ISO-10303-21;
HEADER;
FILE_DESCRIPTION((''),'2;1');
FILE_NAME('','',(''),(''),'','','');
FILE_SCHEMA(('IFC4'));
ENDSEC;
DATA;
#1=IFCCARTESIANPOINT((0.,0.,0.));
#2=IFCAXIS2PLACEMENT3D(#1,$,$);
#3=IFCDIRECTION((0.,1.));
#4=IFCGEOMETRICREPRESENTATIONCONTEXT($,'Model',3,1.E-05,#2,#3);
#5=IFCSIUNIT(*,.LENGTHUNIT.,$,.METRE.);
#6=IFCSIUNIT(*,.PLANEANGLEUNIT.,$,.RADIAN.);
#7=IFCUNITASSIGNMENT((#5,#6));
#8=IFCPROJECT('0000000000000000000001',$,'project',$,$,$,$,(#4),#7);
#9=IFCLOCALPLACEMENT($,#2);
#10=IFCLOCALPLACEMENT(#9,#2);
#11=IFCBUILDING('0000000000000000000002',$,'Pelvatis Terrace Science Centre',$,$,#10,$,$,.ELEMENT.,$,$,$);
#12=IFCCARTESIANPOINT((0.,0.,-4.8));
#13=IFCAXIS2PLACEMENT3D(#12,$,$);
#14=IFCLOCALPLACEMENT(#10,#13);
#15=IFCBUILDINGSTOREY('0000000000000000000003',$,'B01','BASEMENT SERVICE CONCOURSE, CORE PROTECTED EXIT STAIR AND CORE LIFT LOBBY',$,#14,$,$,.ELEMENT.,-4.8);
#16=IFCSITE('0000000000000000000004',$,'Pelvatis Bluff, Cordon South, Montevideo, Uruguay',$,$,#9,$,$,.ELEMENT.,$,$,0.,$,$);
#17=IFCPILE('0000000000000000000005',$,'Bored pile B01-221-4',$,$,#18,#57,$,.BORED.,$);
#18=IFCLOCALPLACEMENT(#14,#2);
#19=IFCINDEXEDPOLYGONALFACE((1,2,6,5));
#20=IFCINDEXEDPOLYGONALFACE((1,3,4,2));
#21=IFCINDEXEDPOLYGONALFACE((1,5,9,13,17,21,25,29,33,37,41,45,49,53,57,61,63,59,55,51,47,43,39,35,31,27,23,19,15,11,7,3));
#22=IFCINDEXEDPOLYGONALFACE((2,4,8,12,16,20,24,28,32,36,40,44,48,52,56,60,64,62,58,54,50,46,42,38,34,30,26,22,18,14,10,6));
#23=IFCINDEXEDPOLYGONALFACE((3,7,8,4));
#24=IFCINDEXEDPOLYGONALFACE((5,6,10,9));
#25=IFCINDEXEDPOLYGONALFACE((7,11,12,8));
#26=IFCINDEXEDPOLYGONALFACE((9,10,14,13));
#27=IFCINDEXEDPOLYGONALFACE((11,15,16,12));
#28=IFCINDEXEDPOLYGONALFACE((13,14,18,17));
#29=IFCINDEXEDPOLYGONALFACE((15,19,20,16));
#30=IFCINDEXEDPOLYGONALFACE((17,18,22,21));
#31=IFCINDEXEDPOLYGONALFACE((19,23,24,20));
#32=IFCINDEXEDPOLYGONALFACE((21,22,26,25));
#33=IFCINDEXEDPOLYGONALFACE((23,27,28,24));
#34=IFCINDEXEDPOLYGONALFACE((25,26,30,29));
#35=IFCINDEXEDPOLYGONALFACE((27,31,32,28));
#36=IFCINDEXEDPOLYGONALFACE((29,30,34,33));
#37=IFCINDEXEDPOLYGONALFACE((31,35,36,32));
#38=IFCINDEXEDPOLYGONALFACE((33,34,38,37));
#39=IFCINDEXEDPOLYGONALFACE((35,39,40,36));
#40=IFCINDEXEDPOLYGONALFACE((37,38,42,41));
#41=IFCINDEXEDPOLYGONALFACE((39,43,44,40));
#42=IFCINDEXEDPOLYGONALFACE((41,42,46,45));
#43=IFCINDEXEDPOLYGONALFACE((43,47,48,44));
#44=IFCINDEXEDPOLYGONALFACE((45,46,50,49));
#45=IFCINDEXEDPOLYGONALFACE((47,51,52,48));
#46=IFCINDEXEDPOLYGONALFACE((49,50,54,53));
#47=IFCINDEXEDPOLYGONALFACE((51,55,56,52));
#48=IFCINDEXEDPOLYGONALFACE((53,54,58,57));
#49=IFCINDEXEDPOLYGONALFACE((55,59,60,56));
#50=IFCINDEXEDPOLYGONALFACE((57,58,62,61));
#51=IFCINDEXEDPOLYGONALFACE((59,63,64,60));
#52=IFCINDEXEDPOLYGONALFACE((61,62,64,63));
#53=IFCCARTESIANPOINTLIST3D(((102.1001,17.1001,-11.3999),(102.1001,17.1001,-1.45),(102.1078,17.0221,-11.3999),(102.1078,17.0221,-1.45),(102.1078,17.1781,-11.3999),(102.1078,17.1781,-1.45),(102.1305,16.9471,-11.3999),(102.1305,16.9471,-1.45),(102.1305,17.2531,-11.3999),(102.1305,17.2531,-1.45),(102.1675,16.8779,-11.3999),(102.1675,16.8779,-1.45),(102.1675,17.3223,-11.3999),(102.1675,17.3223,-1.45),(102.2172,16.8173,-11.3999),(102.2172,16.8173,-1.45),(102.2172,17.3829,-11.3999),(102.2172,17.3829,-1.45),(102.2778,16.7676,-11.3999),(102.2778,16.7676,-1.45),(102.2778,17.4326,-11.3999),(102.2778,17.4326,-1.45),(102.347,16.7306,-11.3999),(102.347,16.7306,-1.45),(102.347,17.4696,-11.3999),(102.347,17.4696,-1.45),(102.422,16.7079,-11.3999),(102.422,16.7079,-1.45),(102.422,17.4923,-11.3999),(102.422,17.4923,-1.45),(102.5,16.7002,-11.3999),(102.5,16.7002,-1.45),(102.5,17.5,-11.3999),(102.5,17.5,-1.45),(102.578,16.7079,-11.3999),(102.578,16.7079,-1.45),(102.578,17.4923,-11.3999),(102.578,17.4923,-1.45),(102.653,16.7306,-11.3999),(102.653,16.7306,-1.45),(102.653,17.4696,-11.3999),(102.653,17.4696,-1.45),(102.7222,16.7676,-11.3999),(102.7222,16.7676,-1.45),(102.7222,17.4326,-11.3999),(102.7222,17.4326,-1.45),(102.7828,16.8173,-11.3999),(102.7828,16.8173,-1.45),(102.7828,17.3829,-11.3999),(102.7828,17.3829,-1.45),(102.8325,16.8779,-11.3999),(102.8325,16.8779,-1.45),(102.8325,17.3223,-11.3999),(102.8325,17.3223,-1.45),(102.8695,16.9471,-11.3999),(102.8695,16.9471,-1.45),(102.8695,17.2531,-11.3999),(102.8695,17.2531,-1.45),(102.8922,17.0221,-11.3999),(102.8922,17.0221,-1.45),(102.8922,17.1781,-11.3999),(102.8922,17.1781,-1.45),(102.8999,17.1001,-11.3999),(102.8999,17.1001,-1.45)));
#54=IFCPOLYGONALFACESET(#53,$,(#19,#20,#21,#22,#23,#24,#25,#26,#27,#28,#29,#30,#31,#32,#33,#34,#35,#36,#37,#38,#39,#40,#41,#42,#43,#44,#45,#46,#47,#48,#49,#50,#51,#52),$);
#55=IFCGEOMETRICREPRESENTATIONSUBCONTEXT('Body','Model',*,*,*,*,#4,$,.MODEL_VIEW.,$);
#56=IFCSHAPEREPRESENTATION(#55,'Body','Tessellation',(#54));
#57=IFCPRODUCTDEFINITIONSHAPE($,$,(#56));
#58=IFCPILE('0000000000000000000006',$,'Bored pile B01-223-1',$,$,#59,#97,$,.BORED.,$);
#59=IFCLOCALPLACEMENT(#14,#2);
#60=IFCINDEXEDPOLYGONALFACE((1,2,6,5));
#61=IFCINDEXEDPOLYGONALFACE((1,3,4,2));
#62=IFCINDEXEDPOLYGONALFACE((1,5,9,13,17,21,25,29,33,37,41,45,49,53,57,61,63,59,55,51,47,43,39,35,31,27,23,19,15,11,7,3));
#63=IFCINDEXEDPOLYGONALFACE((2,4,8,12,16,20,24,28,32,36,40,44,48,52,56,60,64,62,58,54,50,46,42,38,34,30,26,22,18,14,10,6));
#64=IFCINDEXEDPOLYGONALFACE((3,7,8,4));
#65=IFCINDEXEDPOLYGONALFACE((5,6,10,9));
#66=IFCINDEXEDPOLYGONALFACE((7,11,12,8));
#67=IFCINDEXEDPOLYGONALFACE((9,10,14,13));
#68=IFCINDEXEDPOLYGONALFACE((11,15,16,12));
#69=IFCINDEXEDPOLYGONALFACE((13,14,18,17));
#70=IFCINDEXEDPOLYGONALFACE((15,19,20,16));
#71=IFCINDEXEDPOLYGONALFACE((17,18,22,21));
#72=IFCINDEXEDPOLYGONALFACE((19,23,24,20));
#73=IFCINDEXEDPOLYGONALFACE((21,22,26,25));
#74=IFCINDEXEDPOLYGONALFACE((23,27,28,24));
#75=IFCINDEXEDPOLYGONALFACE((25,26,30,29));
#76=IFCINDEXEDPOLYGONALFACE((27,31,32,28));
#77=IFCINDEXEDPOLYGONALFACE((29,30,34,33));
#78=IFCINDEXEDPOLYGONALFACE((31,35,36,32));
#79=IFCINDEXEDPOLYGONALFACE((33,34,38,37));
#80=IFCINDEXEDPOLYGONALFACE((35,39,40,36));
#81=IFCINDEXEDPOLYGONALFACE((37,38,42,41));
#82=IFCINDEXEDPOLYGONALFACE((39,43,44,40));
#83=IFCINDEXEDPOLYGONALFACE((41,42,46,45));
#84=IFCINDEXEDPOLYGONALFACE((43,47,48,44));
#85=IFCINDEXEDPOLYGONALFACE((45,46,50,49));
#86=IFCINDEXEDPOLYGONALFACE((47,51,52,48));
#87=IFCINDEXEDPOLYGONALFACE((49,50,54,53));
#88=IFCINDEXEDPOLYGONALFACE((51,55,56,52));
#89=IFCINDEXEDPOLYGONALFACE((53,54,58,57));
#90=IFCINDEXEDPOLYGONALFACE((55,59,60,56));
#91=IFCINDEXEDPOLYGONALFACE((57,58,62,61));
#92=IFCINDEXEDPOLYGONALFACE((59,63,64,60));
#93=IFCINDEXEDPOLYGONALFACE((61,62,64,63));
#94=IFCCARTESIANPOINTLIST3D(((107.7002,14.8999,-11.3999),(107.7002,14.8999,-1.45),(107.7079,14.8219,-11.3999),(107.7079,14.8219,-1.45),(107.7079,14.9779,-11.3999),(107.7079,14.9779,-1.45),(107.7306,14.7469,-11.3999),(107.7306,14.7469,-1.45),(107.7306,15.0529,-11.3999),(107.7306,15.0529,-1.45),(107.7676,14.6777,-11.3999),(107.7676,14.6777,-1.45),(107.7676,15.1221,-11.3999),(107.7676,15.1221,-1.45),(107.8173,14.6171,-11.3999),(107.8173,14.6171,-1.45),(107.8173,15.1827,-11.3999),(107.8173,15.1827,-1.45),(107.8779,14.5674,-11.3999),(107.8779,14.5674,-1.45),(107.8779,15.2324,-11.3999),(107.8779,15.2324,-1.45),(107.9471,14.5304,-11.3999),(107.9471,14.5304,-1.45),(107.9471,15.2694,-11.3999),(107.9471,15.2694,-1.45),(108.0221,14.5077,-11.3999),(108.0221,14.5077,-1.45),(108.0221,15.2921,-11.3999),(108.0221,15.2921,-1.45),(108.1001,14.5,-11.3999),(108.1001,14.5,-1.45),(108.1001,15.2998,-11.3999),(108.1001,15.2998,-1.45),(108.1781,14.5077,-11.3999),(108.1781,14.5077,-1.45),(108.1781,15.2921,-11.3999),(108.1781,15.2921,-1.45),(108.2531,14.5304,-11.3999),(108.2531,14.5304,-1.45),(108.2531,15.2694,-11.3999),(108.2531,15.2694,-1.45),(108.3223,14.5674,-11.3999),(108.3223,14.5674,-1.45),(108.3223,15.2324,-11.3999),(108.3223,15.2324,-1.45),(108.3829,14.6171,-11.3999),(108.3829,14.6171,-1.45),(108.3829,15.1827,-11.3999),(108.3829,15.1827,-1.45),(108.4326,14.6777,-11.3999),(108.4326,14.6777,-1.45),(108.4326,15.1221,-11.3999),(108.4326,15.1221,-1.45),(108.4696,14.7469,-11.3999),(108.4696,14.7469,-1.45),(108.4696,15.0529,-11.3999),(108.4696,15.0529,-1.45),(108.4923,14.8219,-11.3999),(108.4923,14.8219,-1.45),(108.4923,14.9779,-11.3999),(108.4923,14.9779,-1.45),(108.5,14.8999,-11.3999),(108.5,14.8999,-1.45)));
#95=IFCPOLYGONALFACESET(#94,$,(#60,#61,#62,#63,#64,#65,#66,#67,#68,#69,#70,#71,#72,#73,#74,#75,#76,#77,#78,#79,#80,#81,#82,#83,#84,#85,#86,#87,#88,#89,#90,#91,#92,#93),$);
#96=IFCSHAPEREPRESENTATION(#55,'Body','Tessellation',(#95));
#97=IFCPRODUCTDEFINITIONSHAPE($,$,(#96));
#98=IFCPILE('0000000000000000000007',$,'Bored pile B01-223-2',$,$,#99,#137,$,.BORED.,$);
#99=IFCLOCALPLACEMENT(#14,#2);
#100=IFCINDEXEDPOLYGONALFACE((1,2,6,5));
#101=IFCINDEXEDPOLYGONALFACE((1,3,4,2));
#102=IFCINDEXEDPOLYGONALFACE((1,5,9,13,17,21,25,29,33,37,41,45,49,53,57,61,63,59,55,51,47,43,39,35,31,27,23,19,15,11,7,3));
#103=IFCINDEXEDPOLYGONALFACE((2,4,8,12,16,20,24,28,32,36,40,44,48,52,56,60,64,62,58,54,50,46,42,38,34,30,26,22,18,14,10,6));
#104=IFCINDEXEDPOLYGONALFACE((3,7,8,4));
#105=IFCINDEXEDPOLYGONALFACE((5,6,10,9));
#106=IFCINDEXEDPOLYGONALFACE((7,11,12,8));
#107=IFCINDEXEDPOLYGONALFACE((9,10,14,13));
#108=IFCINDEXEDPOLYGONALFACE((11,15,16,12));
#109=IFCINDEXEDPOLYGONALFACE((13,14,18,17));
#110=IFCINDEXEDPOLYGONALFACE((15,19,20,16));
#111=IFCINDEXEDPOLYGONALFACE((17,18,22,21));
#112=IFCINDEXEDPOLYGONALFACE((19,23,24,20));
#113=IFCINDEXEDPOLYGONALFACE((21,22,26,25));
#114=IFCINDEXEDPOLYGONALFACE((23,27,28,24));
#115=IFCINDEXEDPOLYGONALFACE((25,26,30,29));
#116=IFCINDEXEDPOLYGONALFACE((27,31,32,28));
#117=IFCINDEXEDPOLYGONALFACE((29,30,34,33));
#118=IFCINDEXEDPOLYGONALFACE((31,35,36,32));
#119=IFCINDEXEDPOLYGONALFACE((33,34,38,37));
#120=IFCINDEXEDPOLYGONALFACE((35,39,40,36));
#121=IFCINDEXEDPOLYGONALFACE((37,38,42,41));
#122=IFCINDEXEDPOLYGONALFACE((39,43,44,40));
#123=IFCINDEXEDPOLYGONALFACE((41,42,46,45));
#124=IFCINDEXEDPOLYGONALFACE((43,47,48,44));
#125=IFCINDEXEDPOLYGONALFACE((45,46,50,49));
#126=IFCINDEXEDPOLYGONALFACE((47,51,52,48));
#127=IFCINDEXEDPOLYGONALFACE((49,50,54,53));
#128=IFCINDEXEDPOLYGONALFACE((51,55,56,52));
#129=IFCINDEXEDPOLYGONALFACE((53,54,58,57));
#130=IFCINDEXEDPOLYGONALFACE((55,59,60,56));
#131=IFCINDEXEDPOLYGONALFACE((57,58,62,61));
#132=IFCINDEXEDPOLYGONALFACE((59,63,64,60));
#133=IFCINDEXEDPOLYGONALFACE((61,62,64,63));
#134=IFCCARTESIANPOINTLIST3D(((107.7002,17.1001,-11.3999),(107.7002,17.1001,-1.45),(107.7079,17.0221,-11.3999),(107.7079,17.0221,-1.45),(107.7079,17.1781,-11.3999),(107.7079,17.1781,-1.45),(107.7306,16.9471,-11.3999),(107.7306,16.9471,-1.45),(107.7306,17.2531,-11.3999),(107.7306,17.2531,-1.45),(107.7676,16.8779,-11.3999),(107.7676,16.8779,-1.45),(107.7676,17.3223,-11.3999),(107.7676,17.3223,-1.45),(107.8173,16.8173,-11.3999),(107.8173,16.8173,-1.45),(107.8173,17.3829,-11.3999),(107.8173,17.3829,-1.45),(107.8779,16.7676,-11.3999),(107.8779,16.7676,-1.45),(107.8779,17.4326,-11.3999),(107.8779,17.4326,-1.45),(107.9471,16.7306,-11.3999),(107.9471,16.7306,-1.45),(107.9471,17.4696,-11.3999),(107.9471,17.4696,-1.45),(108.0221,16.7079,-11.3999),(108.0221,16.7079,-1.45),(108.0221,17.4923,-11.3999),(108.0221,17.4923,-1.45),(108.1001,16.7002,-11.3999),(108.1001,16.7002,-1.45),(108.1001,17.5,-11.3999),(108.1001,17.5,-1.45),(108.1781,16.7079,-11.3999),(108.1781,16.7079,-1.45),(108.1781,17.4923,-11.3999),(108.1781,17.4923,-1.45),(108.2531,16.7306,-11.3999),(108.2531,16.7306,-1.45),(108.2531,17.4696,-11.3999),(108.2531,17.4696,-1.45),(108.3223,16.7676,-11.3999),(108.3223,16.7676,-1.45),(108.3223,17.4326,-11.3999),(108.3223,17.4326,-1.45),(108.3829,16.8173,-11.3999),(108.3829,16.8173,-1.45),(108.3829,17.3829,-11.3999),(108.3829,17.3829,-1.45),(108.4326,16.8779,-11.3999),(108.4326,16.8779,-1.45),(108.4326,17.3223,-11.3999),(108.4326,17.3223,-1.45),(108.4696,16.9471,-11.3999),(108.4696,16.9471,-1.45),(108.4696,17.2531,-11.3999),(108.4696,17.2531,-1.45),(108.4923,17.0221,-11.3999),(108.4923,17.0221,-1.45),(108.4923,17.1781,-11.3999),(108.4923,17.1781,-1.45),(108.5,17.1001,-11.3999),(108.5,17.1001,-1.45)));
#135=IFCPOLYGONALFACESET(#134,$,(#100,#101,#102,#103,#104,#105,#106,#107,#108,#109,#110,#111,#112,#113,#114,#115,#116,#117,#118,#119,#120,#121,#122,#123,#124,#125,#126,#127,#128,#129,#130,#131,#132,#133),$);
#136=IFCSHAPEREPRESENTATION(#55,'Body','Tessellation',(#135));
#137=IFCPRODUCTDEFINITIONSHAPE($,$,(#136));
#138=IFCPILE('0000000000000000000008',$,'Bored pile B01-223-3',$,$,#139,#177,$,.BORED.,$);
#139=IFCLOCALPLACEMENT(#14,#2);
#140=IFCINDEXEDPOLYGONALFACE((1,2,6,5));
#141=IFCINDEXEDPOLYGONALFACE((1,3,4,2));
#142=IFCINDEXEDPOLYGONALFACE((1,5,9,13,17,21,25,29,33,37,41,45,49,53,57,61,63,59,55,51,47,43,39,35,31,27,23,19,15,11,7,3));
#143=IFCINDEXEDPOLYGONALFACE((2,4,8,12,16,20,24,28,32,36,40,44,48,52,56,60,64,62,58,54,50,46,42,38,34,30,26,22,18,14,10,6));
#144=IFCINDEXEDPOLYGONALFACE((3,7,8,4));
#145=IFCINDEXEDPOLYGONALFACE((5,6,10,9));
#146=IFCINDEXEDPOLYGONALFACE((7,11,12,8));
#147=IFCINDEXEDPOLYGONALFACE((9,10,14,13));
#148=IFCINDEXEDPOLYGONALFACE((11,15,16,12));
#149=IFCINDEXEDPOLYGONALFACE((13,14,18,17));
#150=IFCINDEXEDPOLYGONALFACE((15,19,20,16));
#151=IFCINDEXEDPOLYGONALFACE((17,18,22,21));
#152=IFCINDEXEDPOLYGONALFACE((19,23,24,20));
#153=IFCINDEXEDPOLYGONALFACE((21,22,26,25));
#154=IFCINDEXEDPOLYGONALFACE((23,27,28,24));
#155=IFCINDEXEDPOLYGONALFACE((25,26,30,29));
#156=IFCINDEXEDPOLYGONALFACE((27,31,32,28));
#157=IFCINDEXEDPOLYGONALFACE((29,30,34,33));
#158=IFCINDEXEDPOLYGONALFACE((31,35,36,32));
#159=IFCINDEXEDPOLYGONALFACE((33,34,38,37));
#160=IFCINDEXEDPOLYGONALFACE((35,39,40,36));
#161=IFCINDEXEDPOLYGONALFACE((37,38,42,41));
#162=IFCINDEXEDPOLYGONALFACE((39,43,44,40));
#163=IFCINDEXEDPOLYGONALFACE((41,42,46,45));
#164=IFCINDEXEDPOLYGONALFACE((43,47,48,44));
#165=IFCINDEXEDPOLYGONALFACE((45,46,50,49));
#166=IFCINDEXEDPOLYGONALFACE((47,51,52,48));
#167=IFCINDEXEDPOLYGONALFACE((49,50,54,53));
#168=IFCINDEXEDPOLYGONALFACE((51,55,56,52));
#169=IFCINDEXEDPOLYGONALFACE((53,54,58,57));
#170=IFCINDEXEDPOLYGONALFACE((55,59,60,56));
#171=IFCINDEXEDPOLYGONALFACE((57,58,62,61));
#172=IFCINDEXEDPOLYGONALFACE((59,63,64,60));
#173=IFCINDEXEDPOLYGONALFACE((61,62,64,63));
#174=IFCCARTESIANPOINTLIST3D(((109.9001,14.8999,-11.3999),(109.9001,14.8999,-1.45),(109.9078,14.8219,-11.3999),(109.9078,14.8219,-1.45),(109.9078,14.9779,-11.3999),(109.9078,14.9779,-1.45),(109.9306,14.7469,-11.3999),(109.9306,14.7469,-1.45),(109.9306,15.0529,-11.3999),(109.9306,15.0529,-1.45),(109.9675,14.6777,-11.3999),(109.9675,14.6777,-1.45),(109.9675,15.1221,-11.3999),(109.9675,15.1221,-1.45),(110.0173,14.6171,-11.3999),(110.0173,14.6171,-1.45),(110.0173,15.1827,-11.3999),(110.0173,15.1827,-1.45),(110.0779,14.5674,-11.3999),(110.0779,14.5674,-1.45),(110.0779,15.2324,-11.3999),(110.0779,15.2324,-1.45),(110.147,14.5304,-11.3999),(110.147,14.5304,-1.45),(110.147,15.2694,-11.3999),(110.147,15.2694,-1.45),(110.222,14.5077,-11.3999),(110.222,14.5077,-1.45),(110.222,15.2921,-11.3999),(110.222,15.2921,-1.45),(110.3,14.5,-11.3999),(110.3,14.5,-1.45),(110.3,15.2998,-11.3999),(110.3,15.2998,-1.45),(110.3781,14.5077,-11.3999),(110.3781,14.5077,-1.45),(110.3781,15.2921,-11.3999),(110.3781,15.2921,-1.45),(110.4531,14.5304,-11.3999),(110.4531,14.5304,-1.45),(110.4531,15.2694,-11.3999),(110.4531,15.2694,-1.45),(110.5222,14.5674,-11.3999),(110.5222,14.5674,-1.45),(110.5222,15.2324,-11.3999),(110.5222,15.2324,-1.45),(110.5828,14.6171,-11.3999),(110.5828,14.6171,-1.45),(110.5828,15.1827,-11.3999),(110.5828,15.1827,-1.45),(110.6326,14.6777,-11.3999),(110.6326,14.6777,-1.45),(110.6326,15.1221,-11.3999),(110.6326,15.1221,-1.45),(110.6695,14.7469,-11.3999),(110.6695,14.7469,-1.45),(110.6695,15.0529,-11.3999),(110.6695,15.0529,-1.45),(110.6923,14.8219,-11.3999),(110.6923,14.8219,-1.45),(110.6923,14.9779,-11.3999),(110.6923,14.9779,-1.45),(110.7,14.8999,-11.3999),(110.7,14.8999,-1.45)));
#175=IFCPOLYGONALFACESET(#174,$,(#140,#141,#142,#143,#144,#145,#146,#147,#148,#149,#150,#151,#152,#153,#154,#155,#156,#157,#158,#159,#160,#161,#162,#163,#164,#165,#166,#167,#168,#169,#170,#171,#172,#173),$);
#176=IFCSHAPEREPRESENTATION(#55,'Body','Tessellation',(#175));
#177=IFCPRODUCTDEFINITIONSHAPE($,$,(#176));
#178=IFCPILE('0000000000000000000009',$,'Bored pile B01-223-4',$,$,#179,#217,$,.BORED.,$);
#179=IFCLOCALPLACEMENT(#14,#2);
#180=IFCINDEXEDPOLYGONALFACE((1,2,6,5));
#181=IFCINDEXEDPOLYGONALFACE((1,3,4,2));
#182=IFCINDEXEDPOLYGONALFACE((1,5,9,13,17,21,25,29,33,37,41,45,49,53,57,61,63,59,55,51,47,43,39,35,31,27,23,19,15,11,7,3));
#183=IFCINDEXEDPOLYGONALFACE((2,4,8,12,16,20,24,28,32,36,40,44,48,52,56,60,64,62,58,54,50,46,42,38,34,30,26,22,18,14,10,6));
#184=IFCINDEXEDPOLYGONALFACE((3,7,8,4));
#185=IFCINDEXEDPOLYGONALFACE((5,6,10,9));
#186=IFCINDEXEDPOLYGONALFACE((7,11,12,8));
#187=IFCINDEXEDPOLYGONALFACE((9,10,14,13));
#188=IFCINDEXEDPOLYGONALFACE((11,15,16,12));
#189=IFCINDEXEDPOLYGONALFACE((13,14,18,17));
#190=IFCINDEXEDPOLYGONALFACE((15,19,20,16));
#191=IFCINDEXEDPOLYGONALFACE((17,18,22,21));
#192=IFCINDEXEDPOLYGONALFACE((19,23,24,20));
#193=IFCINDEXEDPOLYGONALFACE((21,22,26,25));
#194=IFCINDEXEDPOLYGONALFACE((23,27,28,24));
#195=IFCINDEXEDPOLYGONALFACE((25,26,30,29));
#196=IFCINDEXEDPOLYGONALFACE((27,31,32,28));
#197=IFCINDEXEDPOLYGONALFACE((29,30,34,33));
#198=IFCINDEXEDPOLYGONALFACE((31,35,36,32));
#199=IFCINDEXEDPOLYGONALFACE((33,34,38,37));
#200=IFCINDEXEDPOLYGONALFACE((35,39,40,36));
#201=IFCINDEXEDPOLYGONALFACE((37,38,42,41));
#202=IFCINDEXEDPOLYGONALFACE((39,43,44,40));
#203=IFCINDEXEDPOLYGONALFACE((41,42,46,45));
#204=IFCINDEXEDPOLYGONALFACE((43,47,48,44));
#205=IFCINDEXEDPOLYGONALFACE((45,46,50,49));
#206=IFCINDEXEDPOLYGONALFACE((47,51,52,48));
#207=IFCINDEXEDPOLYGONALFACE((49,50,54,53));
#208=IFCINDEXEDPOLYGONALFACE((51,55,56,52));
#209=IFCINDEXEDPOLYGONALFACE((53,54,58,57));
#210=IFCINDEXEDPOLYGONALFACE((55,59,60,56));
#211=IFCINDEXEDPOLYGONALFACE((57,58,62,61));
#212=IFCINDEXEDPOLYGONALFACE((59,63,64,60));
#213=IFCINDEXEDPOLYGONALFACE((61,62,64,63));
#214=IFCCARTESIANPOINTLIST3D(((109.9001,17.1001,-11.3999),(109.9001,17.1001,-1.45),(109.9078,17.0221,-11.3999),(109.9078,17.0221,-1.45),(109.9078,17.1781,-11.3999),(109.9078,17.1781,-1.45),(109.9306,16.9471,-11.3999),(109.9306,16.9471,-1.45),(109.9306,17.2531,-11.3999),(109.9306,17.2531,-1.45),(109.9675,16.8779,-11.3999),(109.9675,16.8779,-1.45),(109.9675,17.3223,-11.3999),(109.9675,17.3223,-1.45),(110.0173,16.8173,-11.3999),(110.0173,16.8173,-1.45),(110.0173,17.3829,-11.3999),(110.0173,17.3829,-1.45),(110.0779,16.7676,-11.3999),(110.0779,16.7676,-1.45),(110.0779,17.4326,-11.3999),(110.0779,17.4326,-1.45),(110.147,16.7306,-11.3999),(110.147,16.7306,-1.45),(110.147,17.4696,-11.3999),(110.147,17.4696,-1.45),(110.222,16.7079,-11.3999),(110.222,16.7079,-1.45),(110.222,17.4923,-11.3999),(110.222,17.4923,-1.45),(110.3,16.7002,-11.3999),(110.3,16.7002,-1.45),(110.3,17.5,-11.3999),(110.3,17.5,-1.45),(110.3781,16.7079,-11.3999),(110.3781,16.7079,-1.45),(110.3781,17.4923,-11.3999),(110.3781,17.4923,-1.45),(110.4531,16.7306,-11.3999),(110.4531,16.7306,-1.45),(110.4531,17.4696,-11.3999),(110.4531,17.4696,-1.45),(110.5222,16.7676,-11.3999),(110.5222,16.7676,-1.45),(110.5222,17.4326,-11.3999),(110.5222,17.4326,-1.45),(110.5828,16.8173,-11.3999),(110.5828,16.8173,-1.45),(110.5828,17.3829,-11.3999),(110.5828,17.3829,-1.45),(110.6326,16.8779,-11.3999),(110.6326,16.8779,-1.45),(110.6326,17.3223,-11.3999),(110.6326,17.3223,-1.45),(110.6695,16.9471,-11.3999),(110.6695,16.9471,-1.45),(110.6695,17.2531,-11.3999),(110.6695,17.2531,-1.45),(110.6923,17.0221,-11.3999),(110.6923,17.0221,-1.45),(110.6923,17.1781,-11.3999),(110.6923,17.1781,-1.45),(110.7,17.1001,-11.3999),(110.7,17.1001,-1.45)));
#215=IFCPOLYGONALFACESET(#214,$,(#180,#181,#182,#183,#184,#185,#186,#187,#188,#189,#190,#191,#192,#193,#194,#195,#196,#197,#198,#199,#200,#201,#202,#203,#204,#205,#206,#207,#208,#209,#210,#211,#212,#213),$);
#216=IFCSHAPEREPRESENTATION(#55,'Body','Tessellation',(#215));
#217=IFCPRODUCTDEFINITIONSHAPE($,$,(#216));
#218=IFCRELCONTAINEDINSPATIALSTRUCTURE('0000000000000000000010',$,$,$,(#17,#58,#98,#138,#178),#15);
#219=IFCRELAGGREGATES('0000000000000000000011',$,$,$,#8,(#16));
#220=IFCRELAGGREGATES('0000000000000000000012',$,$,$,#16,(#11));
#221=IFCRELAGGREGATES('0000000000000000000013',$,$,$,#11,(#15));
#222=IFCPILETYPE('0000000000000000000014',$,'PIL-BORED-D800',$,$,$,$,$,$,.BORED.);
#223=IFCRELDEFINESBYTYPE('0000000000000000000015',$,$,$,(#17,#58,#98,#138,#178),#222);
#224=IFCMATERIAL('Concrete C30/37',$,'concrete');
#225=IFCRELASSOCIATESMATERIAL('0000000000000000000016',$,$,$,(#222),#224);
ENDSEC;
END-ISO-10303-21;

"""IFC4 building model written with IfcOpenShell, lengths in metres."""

from ifc_helpers import new_model, si_unit, direction, frame, origin, origin_2d, place, context, subcontext, project, spatial, circle, extrude, material, material_profile, profile_set, type_object, element, save


model = new_model("IFC4")

# Units and contexts
model_context = context("Model", 3, precision=1e-05, world=origin(), true_north=direction((0.0, 1.0)))
body_context = subcontext(model_context, "Body", "Model", "MODEL_VIEW")
ifc_project = project(units=[si_unit("LENGTHUNIT", "METRE"), si_unit("PLANEANGLEUNIT", "RADIAN")], contexts=[model_context])

# Site, building, storey
site_placement = place(None, origin())
site = spatial("IfcSite", under=ifc_project, at=site_placement, Name="Pelvatis Bluff, Cordon South, Montevideo, Uruguay", CompositionType="ELEMENT", RefElevation=0.0)
building_placement = place(site_placement, origin())
building = spatial("IfcBuilding", under=site, at=building_placement, Name="Pelvatis Terrace Science Centre", CompositionType="ELEMENT")
storey_placement = place(building_placement, frame((0.0, 0.0, -4.8)))
storey = spatial("IfcBuildingStorey", under=building, at=storey_placement, Name="B01", Description="BASEMENT SERVICE CONCOURSE, CORE PROTECTED EXIT STAIR AND CORE LIFT LOBBY", CompositionType="ELEMENT", Elevation=-4.8)

# Piles
ifc_material_1 = material(Name="Concrete C30/37", Category="concrete")
ifc_material_profile_1 = material_profile(ifc_material_1, circle(Radius=0.3999, at=origin_2d()), Name="PILE D800")
ifc_profile_set_1 = profile_set([ifc_material_profile_1], Name="Concrete C30/37")
pile_type = type_object("IfcPileType", Name="PIL-BORED-D800", PredefinedType="BORED", material=ifc_profile_set_1)
for number, where, z_axis, x_axis, name in (
    (1, (102.5, 17.1001, -1.45), (0.0, 0.0, -1.0), (1.0, 0.0, 0.0), "Bored pile B01-221-4"),
    (2, (108.1001, 14.8999, -1.45), (0.0, 0.0, -1.0), (1.0, 0.0, 0.0), "Bored pile B01-223-1"),
    (3, (108.1001, 17.1001, -1.45), (0.0, 0.0, -1.0), (1.0, 0.0, 0.0), "Bored pile B01-223-2"),
    (4, (110.3, 14.8999, -1.45), (0.0, 0.0, -1.0), (1.0, 0.0, 0.0), "Bored pile B01-223-3"),
    (5, (110.3, 17.1001, -1.45), (0.0, 0.0, -1.0), (1.0, 0.0, 0.0), "Bored pile B01-223-4"),
):
    element("IfcPile", number, at=place(storey_placement, frame(where, z_axis=z_axis, x_axis=x_axis)), inside=storey, type_object=pile_type, Name=name, PredefinedType="BORED", context=body_context, shape_type="SweptSolid", body=[
        extrude(circle(Radius=0.3999, at=origin_2d()), origin(), (0.0, 0.0, 1.0), 9.95),
    ])

save(model, "model.ifc")
